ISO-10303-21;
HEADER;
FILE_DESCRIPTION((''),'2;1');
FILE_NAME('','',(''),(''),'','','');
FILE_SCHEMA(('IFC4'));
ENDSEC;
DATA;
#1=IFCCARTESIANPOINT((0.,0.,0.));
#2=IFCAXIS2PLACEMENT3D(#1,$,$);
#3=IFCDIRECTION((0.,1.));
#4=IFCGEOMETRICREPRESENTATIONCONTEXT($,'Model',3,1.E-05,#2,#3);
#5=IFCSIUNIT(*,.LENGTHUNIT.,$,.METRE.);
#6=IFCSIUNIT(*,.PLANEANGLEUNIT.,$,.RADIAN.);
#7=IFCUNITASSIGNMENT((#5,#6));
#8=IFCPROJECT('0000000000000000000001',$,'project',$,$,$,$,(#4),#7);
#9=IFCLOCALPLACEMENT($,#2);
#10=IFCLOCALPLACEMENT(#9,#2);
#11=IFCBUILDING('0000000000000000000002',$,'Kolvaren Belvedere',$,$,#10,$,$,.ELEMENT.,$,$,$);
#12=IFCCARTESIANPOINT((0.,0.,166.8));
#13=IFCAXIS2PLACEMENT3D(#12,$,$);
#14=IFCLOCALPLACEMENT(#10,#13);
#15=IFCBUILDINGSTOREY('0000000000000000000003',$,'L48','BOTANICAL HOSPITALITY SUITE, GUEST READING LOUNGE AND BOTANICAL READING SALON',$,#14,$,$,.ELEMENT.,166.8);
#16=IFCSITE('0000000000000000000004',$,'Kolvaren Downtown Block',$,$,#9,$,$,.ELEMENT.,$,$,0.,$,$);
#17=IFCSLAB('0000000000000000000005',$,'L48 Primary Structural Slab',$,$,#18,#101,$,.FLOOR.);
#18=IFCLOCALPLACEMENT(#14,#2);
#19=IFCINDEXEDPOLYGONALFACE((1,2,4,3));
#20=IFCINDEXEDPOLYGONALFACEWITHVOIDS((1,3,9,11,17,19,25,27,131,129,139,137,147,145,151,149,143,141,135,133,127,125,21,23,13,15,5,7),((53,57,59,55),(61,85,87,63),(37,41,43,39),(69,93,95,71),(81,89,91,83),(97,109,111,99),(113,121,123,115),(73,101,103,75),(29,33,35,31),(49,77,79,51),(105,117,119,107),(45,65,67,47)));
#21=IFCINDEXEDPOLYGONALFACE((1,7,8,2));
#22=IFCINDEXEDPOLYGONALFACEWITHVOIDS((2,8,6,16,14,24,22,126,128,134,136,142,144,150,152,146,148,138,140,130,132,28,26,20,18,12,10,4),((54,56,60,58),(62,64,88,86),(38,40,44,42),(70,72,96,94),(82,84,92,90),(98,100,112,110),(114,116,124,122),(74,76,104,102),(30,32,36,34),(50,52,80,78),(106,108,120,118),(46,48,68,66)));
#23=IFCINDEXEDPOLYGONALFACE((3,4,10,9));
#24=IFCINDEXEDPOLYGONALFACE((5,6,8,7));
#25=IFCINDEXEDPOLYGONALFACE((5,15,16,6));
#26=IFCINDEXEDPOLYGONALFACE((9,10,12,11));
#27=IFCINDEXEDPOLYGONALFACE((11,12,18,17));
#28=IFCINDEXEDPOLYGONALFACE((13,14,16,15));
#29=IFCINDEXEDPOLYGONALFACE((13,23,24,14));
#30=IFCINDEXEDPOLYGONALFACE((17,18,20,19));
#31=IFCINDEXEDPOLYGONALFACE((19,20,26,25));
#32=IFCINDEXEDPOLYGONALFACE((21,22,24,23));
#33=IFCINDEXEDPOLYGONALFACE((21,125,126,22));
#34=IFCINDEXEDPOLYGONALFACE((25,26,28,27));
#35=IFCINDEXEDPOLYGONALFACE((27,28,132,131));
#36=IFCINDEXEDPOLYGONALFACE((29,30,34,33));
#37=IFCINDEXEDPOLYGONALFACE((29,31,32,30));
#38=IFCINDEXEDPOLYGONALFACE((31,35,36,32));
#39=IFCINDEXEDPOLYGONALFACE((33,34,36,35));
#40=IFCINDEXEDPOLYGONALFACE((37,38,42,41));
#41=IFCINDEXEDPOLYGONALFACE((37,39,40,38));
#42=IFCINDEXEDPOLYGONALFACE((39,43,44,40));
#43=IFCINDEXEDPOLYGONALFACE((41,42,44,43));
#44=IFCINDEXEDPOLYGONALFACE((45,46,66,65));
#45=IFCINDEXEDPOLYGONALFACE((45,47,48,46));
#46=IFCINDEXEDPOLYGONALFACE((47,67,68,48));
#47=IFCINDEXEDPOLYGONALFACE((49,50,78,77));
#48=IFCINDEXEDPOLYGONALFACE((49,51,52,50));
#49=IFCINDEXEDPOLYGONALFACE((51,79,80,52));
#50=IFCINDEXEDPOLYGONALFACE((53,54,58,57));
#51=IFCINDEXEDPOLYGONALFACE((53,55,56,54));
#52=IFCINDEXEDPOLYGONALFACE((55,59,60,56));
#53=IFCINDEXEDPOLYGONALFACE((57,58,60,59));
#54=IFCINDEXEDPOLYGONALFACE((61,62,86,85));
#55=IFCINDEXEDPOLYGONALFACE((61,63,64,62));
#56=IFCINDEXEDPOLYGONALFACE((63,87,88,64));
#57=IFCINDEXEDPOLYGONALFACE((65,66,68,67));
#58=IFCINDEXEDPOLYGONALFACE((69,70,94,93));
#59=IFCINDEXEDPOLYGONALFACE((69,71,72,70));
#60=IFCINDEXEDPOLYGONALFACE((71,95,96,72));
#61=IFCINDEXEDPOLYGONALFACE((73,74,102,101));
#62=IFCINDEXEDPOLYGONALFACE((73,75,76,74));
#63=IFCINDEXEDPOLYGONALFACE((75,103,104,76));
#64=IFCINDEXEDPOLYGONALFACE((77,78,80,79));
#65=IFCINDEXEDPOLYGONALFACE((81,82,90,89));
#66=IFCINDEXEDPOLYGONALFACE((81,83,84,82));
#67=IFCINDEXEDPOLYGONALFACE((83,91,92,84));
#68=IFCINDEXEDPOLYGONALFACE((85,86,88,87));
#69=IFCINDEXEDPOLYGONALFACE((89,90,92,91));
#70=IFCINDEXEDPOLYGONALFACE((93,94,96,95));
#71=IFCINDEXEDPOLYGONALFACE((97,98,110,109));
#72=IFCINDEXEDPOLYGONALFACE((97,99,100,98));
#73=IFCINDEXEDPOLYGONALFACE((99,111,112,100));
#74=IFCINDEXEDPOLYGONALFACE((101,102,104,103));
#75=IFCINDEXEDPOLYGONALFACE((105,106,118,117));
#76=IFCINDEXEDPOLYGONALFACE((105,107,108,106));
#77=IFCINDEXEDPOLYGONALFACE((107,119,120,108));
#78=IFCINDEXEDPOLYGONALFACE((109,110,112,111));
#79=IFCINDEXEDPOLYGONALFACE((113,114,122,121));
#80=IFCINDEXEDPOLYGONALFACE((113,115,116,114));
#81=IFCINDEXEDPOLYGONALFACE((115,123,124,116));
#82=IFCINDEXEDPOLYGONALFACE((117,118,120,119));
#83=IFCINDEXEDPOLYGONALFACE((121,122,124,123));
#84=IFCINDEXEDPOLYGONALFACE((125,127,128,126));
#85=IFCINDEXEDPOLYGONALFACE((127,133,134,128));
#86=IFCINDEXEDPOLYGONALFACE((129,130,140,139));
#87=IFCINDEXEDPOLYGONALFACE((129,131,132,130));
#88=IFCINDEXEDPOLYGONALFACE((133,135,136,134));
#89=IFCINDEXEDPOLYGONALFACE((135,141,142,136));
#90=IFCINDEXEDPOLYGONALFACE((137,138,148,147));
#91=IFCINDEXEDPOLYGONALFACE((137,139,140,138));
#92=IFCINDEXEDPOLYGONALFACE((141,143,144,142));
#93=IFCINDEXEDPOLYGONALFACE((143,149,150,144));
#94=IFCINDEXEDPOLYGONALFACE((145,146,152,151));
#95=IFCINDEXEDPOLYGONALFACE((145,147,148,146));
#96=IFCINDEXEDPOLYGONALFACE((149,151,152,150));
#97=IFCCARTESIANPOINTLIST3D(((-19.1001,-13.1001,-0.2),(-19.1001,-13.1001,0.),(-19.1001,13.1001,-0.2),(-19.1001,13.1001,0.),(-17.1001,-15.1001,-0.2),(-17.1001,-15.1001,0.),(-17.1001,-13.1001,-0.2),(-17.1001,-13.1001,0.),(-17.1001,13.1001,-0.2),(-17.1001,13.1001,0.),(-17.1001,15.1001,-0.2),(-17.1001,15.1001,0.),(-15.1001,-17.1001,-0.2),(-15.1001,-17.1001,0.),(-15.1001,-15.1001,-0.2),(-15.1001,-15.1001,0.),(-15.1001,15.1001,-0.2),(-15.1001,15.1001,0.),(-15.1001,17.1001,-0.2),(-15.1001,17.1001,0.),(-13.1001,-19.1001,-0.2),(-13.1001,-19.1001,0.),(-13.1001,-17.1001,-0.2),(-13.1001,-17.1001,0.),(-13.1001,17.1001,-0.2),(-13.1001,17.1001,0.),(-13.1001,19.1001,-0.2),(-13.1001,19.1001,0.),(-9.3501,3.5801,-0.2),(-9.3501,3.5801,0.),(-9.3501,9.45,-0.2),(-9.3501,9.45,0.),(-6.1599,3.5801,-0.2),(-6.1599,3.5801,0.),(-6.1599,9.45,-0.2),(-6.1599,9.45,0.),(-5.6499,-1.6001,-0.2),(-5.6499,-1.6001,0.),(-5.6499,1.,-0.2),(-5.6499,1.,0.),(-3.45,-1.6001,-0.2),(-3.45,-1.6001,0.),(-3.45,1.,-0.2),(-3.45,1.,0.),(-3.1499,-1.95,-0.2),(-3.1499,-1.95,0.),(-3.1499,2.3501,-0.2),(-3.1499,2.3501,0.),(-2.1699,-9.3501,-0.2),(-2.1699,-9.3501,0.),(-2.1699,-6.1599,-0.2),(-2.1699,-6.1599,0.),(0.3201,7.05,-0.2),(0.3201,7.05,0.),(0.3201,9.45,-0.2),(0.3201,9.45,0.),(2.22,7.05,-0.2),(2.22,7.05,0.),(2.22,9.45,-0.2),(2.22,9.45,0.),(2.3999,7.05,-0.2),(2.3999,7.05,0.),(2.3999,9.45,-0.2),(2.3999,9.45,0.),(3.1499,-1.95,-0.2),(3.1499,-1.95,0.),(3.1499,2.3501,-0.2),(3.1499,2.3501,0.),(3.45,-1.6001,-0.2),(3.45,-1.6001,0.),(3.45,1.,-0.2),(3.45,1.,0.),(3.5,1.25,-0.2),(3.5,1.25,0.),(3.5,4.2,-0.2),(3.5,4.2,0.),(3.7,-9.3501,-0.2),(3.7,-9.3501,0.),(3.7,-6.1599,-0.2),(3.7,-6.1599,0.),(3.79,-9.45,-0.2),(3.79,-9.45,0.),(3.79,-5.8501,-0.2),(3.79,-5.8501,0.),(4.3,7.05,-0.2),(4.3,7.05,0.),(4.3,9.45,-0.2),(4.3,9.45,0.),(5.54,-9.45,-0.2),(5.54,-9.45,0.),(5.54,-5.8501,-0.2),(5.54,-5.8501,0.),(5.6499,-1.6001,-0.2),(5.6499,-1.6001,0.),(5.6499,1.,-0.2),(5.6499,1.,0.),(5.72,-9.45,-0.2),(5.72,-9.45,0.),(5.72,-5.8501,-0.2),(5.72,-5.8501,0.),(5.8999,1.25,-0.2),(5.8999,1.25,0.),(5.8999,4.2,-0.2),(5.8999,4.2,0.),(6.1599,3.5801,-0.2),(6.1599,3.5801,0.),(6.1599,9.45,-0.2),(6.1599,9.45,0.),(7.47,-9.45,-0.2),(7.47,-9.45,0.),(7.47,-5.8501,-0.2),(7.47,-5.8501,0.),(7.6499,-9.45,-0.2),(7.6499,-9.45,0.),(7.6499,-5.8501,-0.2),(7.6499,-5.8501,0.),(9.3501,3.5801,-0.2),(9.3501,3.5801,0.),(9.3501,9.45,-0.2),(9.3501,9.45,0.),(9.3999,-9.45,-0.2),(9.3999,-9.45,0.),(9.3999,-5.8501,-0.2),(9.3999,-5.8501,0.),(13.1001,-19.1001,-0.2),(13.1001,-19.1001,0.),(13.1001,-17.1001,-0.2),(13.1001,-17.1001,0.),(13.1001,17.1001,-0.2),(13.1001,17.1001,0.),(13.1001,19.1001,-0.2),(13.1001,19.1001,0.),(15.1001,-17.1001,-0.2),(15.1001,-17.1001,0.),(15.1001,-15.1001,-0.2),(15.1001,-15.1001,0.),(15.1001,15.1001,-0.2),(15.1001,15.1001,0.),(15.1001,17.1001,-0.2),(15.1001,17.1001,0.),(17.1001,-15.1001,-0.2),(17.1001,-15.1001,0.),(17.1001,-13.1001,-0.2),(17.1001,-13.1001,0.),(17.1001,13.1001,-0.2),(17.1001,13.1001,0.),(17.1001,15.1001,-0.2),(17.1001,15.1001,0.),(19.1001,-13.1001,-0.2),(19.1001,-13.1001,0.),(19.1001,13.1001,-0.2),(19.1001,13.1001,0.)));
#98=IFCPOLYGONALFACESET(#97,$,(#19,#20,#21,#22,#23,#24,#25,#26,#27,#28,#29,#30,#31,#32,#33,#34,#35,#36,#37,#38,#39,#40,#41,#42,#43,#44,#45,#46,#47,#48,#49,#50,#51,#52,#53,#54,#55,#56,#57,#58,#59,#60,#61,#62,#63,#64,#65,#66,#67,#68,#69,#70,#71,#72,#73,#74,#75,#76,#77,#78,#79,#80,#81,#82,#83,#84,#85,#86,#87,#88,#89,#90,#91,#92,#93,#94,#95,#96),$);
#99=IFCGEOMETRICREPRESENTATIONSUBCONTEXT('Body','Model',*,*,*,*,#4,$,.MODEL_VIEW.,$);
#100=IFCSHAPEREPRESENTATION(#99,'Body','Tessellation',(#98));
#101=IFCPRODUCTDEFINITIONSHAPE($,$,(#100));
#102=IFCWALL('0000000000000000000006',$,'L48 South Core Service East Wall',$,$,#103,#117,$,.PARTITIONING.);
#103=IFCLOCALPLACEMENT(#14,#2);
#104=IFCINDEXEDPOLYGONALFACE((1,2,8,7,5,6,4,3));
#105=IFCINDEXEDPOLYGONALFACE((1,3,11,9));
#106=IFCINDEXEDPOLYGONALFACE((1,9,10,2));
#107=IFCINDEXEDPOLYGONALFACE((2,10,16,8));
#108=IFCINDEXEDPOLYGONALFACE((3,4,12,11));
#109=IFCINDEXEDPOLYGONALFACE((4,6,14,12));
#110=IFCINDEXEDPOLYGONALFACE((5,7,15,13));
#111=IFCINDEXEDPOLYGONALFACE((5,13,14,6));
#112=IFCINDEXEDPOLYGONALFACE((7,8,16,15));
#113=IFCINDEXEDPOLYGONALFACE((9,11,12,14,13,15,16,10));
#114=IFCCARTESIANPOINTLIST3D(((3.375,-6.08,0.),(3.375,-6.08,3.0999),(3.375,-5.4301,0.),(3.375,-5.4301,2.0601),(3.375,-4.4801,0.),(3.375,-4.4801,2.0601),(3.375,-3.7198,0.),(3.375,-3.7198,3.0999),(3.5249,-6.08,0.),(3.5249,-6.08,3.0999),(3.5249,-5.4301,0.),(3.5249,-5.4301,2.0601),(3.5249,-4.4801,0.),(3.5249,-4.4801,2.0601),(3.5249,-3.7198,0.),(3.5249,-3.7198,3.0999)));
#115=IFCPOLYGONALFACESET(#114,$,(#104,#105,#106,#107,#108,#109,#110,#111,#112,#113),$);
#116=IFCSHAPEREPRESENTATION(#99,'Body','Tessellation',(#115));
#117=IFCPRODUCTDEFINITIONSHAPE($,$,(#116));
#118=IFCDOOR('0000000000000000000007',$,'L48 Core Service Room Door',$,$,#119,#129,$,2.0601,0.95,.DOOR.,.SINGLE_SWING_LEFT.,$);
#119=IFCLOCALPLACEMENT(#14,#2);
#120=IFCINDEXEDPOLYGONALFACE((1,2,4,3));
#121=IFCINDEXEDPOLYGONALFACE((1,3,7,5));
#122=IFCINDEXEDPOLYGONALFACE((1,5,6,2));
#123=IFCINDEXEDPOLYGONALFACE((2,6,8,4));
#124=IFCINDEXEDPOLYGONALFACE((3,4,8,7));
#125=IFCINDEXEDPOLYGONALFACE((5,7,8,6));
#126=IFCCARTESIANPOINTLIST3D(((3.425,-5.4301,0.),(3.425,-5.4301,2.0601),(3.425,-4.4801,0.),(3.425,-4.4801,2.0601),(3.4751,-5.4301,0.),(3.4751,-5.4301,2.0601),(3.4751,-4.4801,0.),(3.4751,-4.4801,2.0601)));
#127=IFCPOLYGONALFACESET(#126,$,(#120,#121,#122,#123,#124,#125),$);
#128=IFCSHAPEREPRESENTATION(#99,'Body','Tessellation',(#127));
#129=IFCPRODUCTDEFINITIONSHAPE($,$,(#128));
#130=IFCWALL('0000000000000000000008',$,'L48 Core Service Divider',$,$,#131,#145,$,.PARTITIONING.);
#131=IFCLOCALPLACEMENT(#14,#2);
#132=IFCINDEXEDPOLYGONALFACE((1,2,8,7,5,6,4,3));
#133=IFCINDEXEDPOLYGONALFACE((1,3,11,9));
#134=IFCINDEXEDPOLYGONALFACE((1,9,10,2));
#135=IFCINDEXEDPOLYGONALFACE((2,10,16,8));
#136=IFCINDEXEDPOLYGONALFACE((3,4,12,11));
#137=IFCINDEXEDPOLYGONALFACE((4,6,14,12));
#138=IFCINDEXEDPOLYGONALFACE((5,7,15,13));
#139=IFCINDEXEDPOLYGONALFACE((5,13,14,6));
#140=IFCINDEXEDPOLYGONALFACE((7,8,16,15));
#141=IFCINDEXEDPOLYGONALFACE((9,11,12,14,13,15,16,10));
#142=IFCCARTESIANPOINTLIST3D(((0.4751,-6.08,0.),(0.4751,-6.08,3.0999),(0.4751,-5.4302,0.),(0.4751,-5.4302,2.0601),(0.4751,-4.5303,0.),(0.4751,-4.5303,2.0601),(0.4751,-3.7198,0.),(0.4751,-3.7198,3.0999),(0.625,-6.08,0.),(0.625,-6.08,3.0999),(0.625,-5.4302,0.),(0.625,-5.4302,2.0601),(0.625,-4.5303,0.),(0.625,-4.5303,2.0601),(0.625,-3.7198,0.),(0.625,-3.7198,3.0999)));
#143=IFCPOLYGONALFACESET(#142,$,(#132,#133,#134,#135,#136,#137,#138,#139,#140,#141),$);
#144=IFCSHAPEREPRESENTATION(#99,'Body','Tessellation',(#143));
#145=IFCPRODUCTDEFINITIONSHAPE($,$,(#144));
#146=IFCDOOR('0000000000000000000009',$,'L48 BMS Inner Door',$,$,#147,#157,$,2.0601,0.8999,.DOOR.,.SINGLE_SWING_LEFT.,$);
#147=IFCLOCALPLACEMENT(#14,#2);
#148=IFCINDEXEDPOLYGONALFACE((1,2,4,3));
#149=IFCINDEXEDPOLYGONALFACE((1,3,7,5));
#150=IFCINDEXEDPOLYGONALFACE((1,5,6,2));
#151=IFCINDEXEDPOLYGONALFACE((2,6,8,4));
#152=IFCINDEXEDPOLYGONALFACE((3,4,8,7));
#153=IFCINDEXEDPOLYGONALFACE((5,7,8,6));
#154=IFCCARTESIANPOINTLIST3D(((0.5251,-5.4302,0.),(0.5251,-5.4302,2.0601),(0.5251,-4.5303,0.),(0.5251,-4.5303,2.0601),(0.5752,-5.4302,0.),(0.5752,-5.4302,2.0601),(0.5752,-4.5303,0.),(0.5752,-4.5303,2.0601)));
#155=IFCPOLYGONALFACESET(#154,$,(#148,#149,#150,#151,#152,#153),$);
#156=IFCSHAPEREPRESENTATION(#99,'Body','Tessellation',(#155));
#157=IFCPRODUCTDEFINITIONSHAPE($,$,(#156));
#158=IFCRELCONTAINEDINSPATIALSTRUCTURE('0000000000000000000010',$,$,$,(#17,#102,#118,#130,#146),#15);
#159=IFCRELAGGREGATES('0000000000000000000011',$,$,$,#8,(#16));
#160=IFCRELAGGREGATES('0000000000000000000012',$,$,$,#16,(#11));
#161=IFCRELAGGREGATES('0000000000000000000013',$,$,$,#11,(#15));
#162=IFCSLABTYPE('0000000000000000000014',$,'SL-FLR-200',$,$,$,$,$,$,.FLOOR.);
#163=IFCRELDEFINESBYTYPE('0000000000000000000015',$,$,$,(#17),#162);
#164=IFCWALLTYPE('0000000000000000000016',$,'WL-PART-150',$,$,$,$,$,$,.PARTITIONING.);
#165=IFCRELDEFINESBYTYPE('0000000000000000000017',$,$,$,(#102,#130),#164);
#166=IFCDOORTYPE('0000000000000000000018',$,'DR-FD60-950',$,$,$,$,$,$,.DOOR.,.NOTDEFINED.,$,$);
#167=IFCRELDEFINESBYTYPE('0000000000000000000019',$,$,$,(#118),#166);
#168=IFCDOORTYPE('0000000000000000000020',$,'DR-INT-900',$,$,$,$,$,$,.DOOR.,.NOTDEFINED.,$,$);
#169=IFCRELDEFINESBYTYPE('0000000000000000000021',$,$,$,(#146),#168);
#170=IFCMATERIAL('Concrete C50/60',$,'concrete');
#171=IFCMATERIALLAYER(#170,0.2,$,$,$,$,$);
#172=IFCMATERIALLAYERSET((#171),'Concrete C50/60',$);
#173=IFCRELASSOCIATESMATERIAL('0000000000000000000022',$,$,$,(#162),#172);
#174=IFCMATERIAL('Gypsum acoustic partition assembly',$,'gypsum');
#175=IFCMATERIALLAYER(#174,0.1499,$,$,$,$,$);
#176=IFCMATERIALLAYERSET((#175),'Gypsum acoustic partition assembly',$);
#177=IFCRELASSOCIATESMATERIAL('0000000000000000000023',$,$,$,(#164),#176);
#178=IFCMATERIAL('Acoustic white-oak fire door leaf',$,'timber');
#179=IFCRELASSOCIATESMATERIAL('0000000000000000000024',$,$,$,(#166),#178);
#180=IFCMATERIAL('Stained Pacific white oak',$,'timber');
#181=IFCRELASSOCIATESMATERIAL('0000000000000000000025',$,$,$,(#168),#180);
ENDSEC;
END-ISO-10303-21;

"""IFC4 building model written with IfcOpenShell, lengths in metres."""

from ifc_helpers import new_model, si_unit, direction, frame, frame_2d, origin, place, context, subcontext, project, spatial, polyline, rectangle, outline, extrude, material, layer, layer_set, type_object, element, fill, save


model = new_model("IFC4")

# Units and contexts
model_context = context("Model", 3, precision=1e-05, world=origin(), true_north=direction((0.0, 1.0)))
body_context = subcontext(model_context, "Body", "Model", "MODEL_VIEW")
ifc_project = project(units=[si_unit("LENGTHUNIT", "METRE"), si_unit("PLANEANGLEUNIT", "RADIAN")], contexts=[model_context])

# Site, building, storey
site_placement = place(None, origin())
site = spatial("IfcSite", under=ifc_project, at=site_placement, Name="Kolvaren Downtown Block", CompositionType="ELEMENT", RefElevation=0.0)
building_placement = place(site_placement, origin())
building = spatial("IfcBuilding", under=site, at=building_placement, Name="Kolvaren Belvedere", CompositionType="ELEMENT")
storey_placement = place(building_placement, frame((0.0, 0.0, 166.8)))
storey = spatial("IfcBuildingStorey", under=building, at=storey_placement, Name="L48", Description="BOTANICAL HOSPITALITY SUITE, GUEST READING LOUNGE AND BOTANICAL READING SALON", CompositionType="ELEMENT", Elevation=166.8)

# Slab
ifc_material_1 = material(Name="Concrete C50/60", Category="concrete")
ifc_layer_1 = layer(ifc_material_1, 0.2)
ifc_layer_set_1 = layer_set([ifc_layer_1], Name="Concrete C50/60")
slab_type_1 = type_object("IfcSlabType", Name="SL-FLR-200", PredefinedType="FLOOR", material=ifc_layer_set_1)
slab_1_placement = place(storey_placement, frame((0.0, 0.0, -0.2)))
element("IfcSlab", 1, at=slab_1_placement, inside=storey, type_object=slab_type_1, Name="L48 Primary Structural Slab", PredefinedType="FLOOR", context=body_context, shape_type="SweptSolid", body=[
    extrude(outline(polyline([(-13.1001, -19.1001), (13.1001, -19.1001), (13.1001, -17.1001), (15.1001, -17.1001), (15.1001, -15.1001), (17.1001, -15.1001), (17.1001, -13.1001), (19.1001, -13.1001), (19.1001, 13.1001), (17.1001, 13.1001), (17.1001, 15.1001), (15.1001, 15.1001), (15.1001, 17.1001), (13.1001, 17.1001), (13.1001, 19.1001), (-13.1001, 19.1001), (-13.1001, 17.1001), (-15.1001, 17.1001), (-15.1001, 15.1001), (-17.1001, 15.1001), (-17.1001, 13.1001), (-19.1001, 13.1001), (-19.1001, -13.1001), (-17.1001, -13.1001), (-17.1001, -15.1001), (-15.1001, -15.1001), (-15.1001, -17.1001), (-13.1001, -17.1001), (-13.1001, -19.1001)]), holes=[polyline([(-9.3501, 3.5801), (-6.1599, 3.5801), (-6.1599, 9.45), (-9.3501, 9.45), (-9.3501, 3.5801)]), polyline([(6.1599, 3.5801), (9.3501, 3.5801), (9.3501, 9.45), (6.1599, 9.45), (6.1599, 3.5801)]), polyline([(-2.1699, -9.3501), (3.7, -9.3501), (3.7, -6.1599), (-2.1699, -6.1599), (-2.1699, -9.3501)]), polyline([(-5.6499, -1.6001), (-3.45, -1.6001), (-3.45, 1.0), (-5.6499, 1.0), (-5.6499, -1.6001)]), polyline([(3.5, 1.25), (5.8999, 1.25), (5.8999, 4.2), (3.5, 4.2), (3.5, 1.25)]), polyline([(3.45, -1.6001), (5.6499, -1.6001), (5.6499, 1.0), (3.45, 1.0), (3.45, -1.6001)]), polyline([(3.79, -9.45), (5.54, -9.45), (5.54, -5.8501), (3.79, -5.8501), (3.79, -9.45)]), polyline([(5.72, -9.45), (7.47, -9.45), (7.47, -5.8501), (5.72, -5.8501), (5.72, -9.45)]), polyline([(7.6499, -9.45), (9.3999, -9.45), (9.3999, -5.8501), (7.6499, -5.8501), (7.6499, -9.45)]), polyline([(0.3201, 7.05), (2.22, 7.05), (2.22, 9.45), (0.3201, 9.45), (0.3201, 7.05)]), polyline([(2.3999, 7.05), (4.3, 7.05), (4.3, 9.45), (2.3999, 9.45), (2.3999, 7.05)]), polyline([(-3.1499, -1.95), (3.1499, -1.95), (3.1499, 2.3501), (-3.1499, 2.3501), (-3.1499, -1.95)])]), origin(), (0.0, 0.0, 1.0), 0.2),
])

# Walls, openings, doors
ifc_material_2 = material(Name="Gypsum acoustic partition assembly", Category="gypsum")
ifc_layer_2 = layer(ifc_material_2, 0.1499)
ifc_layer_set_2 = layer_set([ifc_layer_2], Name="Gypsum acoustic partition assembly")
wall_type_1 = type_object("IfcWallType", Name="WL-PART-150", PredefinedType="PARTITIONING", material=ifc_layer_set_2)
wall_1_placement = place(storey_placement, frame((3.45, -6.0801, 0.0), z_axis=(0.0, 0.0, 1.0), x_axis=(0.0, 1.0, 0.0)))
wall_1 = element("IfcWall", 2, at=wall_1_placement, inside=storey, type_object=wall_type_1, Name="L48 South Core Service East Wall", PredefinedType="PARTITIONING", context=body_context, shape_type="SweptSolid", body=[
    extrude(rectangle(XDim=2.3601, YDim=0.1499, at=frame_2d((1.1802, 0.0))), origin(), (0.0, 0.0, 1.0), 3.0999),
])
opening_1_placement = place(wall_1_placement, frame((0.6499, 0.0, 0.0)))
opening_1 = element("IfcOpeningElement", 3, at=opening_1_placement, cuts=wall_1, PredefinedType="OPENING", context=body_context, shape_type="SweptSolid", body=[
    extrude(rectangle(XDim=0.95, YDim=2.0601, at=frame_2d((0.4751, 1.03))), frame((0.0, 0.085, 0.0), z_axis=(0.0, -1.0, 0.0), x_axis=(1.0, 0.0, 0.0)), (0.0, 0.0, 1.0), 0.1699),
])
ifc_material_3 = material(Name="Acoustic white-oak fire door leaf", Category="timber")
door_type_1 = type_object("IfcDoorType", Name="DR-FD60-950", OperationType="NOTDEFINED", PredefinedType="DOOR", material=ifc_material_3)
door_1_placement = place(opening_1_placement, origin())
door_1 = element("IfcDoor", 4, at=door_1_placement, inside=storey, type_object=door_type_1, Name="L48 Core Service Room Door", OperationType="SINGLE_SWING_LEFT", OverallHeight=2.0601, OverallWidth=0.95, PredefinedType="DOOR", context=body_context, shape_type="SweptSolid", body=[
    extrude(rectangle(XDim=0.95, YDim=2.0601, at=frame_2d((0.4751, 1.03))), frame((0.0, 0.0249, 0.0), z_axis=(0.0, -1.0, 0.0), x_axis=(1.0, 0.0, 0.0)), (0.0, 0.0, 1.0), 0.05),
])
fill(opening_1, door_1)
wall_2_placement = place(storey_placement, frame((0.55, -6.0801, 0.0), z_axis=(0.0, 0.0, 1.0), x_axis=(0.0, 1.0, 0.0)))
wall_2 = element("IfcWall", 5, at=wall_2_placement, inside=storey, type_object=wall_type_1, Name="L48 Core Service Divider", PredefinedType="PARTITIONING", context=body_context, shape_type="SweptSolid", body=[
    extrude(rectangle(XDim=2.3601, YDim=0.1499, at=frame_2d((1.1802, 0.0))), origin(), (0.0, 0.0, 1.0), 3.0999),
])
opening_2_placement = place(wall_2_placement, frame((0.6499, 0.0, 0.0)))
opening_2 = element("IfcOpeningElement", 6, at=opening_2_placement, cuts=wall_2, PredefinedType="OPENING", context=body_context, shape_type="SweptSolid", body=[
    extrude(rectangle(XDim=0.8999, YDim=2.0601, at=frame_2d((0.45, 1.03))), frame((0.0, 0.085, 0.0), z_axis=(0.0, -1.0, 0.0), x_axis=(1.0, 0.0, 0.0)), (0.0, 0.0, 1.0), 0.1699),
])
ifc_material_4 = material(Name="Stained Pacific white oak", Category="timber")
door_type_2 = type_object("IfcDoorType", Name="DR-INT-900", OperationType="NOTDEFINED", PredefinedType="DOOR", material=ifc_material_4)
door_2_placement = place(opening_2_placement, origin())
door_2 = element("IfcDoor", 7, at=door_2_placement, inside=storey, type_object=door_type_2, Name="L48 BMS Inner Door", OperationType="SINGLE_SWING_LEFT", OverallHeight=2.0601, OverallWidth=0.8999, PredefinedType="DOOR", context=body_context, shape_type="SweptSolid", body=[
    extrude(rectangle(XDim=0.8999, YDim=2.0601, at=frame_2d((0.45, 1.03))), frame((0.0, 0.0249, 0.0), z_axis=(0.0, -1.0, 0.0), x_axis=(1.0, 0.0, 0.0)), (0.0, 0.0, 1.0), 0.05),
])
fill(opening_2, door_2)

save(model, "model.ifc")
